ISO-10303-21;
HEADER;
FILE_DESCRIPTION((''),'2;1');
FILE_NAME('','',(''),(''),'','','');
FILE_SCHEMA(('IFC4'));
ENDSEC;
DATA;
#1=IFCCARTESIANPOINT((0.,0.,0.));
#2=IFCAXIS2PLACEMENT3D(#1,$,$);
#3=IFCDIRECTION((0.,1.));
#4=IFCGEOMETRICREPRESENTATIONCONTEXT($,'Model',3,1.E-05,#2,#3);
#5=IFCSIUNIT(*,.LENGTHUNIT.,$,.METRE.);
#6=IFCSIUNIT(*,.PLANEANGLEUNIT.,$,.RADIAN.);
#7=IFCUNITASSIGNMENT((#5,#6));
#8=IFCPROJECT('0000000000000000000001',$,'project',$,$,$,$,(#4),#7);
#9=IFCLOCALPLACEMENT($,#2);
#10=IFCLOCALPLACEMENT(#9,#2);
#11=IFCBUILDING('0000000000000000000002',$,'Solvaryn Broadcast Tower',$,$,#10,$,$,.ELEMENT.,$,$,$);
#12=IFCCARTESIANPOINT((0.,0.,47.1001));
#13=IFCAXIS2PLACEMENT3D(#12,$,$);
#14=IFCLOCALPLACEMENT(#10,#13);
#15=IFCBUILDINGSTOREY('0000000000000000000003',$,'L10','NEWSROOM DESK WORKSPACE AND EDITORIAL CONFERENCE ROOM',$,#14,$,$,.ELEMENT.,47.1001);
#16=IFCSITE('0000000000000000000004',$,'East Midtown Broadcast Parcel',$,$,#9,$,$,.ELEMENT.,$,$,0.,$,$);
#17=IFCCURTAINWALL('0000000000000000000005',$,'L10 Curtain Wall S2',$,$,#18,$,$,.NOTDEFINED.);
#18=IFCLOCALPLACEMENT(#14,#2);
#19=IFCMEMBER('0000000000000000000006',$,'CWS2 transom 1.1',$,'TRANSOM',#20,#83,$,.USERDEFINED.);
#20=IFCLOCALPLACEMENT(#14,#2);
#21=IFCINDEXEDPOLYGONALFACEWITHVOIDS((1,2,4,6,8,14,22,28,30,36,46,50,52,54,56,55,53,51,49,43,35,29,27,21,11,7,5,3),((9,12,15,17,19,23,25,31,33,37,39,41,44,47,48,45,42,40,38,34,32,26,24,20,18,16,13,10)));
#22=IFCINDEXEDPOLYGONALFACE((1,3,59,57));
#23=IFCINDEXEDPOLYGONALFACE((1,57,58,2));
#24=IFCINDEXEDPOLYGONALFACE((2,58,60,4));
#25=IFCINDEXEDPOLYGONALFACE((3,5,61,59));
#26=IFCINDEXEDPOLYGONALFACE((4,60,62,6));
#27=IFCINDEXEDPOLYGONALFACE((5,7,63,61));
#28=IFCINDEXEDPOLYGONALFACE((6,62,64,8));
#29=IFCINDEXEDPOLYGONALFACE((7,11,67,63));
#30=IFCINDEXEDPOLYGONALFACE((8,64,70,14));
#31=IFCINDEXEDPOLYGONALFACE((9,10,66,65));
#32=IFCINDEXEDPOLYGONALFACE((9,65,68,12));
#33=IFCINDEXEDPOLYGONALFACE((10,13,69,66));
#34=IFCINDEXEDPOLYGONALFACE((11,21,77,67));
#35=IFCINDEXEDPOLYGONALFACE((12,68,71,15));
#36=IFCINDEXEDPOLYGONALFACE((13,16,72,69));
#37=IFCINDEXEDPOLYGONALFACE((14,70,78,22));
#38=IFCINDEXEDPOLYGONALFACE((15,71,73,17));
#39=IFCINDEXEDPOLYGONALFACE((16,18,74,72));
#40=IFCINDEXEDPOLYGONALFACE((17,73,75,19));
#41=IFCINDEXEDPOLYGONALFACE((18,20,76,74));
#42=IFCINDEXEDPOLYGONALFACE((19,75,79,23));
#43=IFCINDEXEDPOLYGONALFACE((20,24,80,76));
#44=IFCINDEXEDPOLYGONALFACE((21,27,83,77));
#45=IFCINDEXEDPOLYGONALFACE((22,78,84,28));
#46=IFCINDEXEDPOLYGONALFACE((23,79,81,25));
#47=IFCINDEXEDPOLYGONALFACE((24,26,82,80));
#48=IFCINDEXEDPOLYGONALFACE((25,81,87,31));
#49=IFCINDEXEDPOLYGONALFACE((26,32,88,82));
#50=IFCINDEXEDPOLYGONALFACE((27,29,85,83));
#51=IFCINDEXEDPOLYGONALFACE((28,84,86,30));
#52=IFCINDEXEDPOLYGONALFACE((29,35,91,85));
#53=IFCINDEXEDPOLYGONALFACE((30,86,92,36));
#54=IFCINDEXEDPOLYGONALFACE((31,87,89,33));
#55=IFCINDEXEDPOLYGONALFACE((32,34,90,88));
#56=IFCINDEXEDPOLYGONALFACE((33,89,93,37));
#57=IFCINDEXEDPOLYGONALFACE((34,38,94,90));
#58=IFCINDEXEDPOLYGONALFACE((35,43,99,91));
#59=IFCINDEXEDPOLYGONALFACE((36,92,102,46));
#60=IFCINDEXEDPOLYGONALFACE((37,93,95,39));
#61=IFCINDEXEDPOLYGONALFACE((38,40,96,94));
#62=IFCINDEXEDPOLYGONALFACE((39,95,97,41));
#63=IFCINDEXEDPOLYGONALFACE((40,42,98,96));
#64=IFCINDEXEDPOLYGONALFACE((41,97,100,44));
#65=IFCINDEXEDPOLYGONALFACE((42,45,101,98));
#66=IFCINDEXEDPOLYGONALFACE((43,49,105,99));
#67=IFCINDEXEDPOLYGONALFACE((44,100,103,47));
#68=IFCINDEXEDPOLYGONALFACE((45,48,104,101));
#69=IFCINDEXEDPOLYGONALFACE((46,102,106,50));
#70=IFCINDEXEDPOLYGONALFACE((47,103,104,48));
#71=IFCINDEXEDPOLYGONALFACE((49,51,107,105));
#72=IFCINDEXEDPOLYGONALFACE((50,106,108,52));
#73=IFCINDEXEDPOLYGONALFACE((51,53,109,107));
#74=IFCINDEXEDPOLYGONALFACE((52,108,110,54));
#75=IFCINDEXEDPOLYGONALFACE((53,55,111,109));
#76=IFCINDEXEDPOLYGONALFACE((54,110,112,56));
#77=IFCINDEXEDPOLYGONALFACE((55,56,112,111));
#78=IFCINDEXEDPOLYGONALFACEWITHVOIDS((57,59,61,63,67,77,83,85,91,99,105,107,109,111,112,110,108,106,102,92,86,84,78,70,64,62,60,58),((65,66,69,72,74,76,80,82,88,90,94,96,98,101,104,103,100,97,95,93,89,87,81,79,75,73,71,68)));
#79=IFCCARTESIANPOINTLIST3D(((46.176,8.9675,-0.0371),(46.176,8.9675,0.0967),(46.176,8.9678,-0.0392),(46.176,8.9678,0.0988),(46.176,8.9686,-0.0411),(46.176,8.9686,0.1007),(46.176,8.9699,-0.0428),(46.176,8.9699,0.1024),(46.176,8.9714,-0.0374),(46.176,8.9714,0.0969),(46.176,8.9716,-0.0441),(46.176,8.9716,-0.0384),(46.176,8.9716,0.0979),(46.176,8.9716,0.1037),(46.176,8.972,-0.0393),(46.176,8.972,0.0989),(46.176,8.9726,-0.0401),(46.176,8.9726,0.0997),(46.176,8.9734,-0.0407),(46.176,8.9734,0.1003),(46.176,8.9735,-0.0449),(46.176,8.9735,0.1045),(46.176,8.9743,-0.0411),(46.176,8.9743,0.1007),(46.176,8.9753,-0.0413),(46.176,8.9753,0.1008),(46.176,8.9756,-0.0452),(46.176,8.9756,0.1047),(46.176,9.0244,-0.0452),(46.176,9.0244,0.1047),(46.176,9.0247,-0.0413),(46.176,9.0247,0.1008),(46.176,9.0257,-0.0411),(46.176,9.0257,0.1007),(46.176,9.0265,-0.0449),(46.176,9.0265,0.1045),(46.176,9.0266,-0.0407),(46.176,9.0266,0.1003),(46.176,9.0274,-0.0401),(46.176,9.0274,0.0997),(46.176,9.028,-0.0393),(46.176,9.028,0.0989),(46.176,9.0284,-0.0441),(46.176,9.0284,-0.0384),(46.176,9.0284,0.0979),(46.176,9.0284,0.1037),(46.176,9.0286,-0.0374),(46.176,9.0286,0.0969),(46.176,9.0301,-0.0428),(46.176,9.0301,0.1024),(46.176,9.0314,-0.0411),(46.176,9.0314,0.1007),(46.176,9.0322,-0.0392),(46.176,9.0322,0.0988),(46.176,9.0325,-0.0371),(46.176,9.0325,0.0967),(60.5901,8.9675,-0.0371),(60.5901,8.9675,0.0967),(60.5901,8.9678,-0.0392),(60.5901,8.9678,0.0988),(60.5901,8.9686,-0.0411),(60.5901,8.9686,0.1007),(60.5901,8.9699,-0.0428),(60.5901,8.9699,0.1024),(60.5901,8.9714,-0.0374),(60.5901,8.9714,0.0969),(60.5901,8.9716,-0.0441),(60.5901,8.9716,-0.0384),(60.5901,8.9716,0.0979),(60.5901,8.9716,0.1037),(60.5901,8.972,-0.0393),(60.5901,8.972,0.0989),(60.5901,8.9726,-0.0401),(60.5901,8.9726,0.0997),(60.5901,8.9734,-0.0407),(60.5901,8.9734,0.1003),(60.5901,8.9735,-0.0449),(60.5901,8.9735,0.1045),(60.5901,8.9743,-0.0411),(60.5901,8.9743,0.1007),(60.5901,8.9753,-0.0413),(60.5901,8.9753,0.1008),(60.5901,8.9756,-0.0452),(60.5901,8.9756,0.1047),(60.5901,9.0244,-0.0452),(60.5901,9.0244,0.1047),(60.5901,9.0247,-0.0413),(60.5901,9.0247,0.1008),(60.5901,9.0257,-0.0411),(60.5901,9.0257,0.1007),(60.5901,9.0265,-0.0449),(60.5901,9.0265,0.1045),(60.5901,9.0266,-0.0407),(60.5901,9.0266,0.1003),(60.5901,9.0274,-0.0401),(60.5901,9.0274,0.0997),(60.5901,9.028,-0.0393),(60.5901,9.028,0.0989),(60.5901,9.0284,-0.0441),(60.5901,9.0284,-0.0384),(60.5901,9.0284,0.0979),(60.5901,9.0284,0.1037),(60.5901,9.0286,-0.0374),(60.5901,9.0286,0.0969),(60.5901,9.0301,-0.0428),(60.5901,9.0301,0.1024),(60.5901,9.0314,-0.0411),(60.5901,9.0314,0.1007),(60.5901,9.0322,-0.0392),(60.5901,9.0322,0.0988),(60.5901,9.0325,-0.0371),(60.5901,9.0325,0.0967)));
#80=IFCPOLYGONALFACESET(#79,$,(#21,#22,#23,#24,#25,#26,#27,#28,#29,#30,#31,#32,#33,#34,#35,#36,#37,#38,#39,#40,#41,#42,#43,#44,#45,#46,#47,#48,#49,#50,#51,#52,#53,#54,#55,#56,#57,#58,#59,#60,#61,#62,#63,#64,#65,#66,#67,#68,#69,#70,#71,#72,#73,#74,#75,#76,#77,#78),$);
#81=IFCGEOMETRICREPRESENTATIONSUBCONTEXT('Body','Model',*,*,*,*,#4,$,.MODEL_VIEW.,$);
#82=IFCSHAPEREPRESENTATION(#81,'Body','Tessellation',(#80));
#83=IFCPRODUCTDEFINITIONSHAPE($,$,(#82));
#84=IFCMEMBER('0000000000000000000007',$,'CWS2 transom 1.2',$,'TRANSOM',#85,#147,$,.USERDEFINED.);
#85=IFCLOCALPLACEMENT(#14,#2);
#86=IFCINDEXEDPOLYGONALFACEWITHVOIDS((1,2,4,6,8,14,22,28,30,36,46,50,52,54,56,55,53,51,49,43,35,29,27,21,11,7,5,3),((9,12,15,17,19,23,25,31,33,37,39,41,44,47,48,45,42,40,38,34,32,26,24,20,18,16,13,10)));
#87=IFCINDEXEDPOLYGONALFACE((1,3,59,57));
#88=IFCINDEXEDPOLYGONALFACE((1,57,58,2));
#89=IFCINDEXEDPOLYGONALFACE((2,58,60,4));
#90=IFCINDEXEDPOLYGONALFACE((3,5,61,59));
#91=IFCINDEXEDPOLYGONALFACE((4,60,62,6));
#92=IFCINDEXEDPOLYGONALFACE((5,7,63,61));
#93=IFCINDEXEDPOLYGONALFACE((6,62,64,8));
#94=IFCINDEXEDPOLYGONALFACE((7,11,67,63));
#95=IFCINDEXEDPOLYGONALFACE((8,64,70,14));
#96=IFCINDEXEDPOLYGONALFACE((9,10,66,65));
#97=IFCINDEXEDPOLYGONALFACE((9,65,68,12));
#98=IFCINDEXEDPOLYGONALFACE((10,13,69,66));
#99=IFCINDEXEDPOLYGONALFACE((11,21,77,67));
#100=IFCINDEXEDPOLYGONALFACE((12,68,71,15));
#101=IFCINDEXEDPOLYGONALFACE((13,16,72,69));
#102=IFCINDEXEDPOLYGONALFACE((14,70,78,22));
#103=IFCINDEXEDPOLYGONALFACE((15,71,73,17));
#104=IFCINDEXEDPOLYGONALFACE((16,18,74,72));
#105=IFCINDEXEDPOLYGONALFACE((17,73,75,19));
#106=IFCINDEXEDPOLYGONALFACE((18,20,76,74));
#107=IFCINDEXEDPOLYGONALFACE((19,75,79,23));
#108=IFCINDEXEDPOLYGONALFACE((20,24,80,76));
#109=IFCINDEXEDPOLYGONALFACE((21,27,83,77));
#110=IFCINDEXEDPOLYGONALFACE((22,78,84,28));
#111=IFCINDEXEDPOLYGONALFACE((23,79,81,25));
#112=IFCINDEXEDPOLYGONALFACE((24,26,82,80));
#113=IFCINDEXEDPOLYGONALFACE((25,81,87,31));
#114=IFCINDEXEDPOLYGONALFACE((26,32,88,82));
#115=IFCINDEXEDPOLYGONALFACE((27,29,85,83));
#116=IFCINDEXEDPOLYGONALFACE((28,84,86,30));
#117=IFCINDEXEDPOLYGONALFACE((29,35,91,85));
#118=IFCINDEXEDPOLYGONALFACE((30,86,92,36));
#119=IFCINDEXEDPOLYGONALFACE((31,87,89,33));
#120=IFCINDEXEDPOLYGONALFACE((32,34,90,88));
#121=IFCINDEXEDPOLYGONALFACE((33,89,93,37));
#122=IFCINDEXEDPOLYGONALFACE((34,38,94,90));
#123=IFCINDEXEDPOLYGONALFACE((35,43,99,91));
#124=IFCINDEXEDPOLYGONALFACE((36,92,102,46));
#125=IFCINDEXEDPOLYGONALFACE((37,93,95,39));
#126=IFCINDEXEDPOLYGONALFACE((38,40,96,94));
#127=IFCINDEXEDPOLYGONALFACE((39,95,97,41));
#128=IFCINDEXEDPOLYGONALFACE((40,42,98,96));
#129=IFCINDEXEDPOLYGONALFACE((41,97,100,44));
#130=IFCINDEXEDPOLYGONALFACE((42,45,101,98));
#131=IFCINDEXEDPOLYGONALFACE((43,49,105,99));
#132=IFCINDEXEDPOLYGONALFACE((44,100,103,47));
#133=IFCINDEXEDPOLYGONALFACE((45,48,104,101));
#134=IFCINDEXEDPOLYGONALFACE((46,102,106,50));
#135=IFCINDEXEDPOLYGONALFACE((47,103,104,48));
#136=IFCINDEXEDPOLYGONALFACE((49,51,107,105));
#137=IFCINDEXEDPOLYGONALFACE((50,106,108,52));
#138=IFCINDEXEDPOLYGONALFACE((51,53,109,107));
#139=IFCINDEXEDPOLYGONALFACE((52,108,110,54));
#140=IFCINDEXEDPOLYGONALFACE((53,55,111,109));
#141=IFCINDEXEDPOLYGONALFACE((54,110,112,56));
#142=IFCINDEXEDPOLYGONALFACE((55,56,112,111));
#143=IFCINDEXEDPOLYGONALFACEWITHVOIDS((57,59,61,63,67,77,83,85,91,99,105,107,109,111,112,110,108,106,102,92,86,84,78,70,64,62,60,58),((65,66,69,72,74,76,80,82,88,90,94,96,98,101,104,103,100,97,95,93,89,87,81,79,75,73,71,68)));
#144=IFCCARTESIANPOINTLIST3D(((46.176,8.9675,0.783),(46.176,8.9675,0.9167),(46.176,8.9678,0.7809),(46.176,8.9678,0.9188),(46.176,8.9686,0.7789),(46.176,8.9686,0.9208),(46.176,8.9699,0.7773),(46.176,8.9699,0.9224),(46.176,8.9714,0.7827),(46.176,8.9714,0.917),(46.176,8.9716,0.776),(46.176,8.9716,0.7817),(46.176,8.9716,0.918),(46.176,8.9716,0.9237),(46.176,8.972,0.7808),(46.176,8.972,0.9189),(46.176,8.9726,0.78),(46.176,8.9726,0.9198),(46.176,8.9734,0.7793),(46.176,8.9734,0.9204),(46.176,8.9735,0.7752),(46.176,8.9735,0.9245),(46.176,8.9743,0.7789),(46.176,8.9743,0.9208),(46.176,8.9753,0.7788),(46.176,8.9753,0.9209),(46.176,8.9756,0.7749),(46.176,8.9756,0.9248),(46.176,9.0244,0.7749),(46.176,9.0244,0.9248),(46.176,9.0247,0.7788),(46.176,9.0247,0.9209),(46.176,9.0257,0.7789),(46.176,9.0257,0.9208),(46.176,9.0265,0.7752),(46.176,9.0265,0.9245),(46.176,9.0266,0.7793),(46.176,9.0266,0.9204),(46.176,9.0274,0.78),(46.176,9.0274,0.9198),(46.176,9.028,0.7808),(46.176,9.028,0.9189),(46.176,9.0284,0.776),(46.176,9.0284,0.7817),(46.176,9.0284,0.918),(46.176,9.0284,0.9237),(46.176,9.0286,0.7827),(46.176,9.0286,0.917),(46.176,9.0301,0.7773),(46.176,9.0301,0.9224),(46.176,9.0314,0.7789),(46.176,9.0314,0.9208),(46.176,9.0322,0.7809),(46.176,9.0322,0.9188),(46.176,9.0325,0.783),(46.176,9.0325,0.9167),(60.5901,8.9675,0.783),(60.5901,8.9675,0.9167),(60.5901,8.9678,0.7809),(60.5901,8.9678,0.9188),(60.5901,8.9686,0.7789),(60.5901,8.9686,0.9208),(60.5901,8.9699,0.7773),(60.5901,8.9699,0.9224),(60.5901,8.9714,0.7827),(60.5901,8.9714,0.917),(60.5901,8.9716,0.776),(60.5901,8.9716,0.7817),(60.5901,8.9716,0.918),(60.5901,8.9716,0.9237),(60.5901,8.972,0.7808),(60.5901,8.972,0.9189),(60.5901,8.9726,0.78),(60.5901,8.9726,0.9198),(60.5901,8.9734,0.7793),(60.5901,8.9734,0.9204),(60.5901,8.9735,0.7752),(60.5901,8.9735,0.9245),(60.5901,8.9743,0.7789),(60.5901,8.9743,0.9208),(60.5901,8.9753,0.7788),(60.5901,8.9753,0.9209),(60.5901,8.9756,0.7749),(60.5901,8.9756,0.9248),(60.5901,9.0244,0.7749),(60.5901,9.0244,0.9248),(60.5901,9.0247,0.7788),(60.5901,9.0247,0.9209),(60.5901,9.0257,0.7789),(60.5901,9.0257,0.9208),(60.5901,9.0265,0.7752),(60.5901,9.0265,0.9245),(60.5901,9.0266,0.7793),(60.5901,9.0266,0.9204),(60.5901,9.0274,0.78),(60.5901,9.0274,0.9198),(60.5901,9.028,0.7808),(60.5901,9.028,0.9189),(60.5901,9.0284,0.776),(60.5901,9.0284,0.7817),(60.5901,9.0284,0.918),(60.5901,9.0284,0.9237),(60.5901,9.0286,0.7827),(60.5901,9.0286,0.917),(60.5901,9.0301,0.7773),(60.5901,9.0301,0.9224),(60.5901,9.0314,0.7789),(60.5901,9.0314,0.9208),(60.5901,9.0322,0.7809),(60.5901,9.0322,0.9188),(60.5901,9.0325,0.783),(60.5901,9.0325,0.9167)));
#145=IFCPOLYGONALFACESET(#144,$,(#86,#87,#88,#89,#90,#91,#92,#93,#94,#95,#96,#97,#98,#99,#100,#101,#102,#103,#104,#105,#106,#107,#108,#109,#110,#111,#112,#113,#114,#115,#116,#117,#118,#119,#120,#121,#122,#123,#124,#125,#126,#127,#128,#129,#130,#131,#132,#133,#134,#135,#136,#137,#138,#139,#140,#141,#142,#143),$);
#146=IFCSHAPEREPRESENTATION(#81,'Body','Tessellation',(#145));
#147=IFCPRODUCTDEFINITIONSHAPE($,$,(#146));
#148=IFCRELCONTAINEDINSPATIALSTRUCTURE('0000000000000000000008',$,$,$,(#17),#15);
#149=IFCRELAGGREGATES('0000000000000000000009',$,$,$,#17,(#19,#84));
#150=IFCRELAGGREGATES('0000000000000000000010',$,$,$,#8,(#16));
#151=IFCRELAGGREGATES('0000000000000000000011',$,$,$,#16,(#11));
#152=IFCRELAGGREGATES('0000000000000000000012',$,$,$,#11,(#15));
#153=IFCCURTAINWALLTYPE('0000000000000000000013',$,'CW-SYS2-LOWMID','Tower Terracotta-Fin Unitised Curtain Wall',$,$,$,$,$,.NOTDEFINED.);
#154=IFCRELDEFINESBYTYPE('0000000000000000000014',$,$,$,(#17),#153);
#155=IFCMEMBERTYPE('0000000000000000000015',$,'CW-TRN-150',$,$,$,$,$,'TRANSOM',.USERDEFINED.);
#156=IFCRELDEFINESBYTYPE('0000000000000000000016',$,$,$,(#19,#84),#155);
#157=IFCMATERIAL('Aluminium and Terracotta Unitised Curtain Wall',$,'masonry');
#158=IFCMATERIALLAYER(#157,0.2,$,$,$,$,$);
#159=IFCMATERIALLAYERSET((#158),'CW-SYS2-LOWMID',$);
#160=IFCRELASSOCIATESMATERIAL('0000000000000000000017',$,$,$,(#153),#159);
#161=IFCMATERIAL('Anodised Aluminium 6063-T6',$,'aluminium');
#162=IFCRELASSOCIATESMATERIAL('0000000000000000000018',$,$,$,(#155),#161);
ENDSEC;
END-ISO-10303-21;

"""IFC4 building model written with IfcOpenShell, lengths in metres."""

from ifc_helpers import new_model, si_unit, direction, frame, origin, origin_2d, place, context, subcontext, project, spatial, hollow_rectangle, extrude, material, layer, layer_set, material_profile, profile_set, type_object, element, aggregate, save


model = new_model("IFC4")

# Units and contexts
model_context = context("Model", 3, precision=1e-05, world=origin(), true_north=direction((0.0, 1.0)))
body_context = subcontext(model_context, "Body", "Model", "MODEL_VIEW")
ifc_project = project(units=[si_unit("LENGTHUNIT", "METRE"), si_unit("PLANEANGLEUNIT", "RADIAN")], contexts=[model_context])

# Site, building, storey
site_placement = place(None, origin())
site = spatial("IfcSite", under=ifc_project, at=site_placement, Name="East Midtown Broadcast Parcel", CompositionType="ELEMENT", RefElevation=0.0)
building_placement = place(site_placement, origin())
building = spatial("IfcBuilding", under=site, at=building_placement, Name="Solvaryn Broadcast Tower", CompositionType="ELEMENT")
storey_placement = place(building_placement, frame((0.0, 0.0, 47.1001)))
storey = spatial("IfcBuildingStorey", under=building, at=storey_placement, Name="L10", Description="NEWSROOM DESK WORKSPACE AND EDITORIAL CONFERENCE ROOM", CompositionType="ELEMENT", Elevation=47.1001)

# Shared definitions
ifc_material_1 = material(Name="Aluminium and Terracotta Unitised Curtain Wall", Category="masonry")
ifc_layer_1 = layer(ifc_material_1, 0.2)
ifc_layer_set_1 = layer_set([ifc_layer_1], Name="CW-SYS2-LOWMID")
curtain_wall_type = type_object("IfcCurtainWallType", Name="CW-SYS2-LOWMID", Description="Tower Terracotta-Fin Unitised Curtain Wall", PredefinedType="NOTDEFINED", material=ifc_layer_set_1)

# Curtain wall, members
curtain_wall_1_placement = place(storey_placement, origin())
curtain_wall_1 = element("IfcCurtainWall", 1, at=curtain_wall_1_placement, inside=storey, type_object=curtain_wall_type, Name="L10 Curtain Wall S2", PredefinedType="NOTDEFINED")
ifc_material_2 = material(Name="Anodised Aluminium 6063-T6", Category="aluminium")
ifc_material_profile_1 = material_profile(ifc_material_2, hollow_rectangle(XDim=0.0649, YDim=0.1499, WallThickness=0.0039, InnerFilletRadius=0.0039, OuterFilletRadius=0.0081, at=origin_2d()))
ifc_profile_set_1 = profile_set([ifc_material_profile_1], Name="Anodised Aluminium 6063-T6")
member_type_1 = type_object("IfcMemberType", Name="CW-TRN-150", ElementType="TRANSOM", PredefinedType="USERDEFINED", material=ifc_profile_set_1)
member_1_placement = place(storey_placement, frame((46.176, 9.0, 0.0298), z_axis=(1.0, 0.0, 0.0), x_axis=(0.0, 1.0, 0.0)))
member_1 = element("IfcMember", 2, at=member_1_placement, type_object=member_type_1, Name="CWS2 transom 1.1", ObjectType="TRANSOM", PredefinedType="USERDEFINED", context=body_context, shape_type="SweptSolid", body=[
    extrude(hollow_rectangle(XDim=0.0649, YDim=0.1499, WallThickness=0.0039, InnerFilletRadius=0.0039, OuterFilletRadius=0.0081, at=origin_2d()), origin(), (0.0, 0.0, 1.0), 14.4141),
])
member_2_placement = place(storey_placement, frame((46.176, 9.0, 0.8499), z_axis=(1.0, 0.0, 0.0), x_axis=(0.0, 1.0, 0.0)))
member_2 = element("IfcMember", 3, at=member_2_placement, type_object=member_type_1, Name="CWS2 transom 1.2", ObjectType="TRANSOM", PredefinedType="USERDEFINED", context=body_context, shape_type="SweptSolid", body=[
    extrude(hollow_rectangle(XDim=0.0649, YDim=0.1499, WallThickness=0.0039, InnerFilletRadius=0.0039, OuterFilletRadius=0.0081, at=origin_2d()), origin(), (0.0, 0.0, 1.0), 14.4141),
])
aggregate(curtain_wall_1, [member_1, member_2])

save(model, "model.ifc")
